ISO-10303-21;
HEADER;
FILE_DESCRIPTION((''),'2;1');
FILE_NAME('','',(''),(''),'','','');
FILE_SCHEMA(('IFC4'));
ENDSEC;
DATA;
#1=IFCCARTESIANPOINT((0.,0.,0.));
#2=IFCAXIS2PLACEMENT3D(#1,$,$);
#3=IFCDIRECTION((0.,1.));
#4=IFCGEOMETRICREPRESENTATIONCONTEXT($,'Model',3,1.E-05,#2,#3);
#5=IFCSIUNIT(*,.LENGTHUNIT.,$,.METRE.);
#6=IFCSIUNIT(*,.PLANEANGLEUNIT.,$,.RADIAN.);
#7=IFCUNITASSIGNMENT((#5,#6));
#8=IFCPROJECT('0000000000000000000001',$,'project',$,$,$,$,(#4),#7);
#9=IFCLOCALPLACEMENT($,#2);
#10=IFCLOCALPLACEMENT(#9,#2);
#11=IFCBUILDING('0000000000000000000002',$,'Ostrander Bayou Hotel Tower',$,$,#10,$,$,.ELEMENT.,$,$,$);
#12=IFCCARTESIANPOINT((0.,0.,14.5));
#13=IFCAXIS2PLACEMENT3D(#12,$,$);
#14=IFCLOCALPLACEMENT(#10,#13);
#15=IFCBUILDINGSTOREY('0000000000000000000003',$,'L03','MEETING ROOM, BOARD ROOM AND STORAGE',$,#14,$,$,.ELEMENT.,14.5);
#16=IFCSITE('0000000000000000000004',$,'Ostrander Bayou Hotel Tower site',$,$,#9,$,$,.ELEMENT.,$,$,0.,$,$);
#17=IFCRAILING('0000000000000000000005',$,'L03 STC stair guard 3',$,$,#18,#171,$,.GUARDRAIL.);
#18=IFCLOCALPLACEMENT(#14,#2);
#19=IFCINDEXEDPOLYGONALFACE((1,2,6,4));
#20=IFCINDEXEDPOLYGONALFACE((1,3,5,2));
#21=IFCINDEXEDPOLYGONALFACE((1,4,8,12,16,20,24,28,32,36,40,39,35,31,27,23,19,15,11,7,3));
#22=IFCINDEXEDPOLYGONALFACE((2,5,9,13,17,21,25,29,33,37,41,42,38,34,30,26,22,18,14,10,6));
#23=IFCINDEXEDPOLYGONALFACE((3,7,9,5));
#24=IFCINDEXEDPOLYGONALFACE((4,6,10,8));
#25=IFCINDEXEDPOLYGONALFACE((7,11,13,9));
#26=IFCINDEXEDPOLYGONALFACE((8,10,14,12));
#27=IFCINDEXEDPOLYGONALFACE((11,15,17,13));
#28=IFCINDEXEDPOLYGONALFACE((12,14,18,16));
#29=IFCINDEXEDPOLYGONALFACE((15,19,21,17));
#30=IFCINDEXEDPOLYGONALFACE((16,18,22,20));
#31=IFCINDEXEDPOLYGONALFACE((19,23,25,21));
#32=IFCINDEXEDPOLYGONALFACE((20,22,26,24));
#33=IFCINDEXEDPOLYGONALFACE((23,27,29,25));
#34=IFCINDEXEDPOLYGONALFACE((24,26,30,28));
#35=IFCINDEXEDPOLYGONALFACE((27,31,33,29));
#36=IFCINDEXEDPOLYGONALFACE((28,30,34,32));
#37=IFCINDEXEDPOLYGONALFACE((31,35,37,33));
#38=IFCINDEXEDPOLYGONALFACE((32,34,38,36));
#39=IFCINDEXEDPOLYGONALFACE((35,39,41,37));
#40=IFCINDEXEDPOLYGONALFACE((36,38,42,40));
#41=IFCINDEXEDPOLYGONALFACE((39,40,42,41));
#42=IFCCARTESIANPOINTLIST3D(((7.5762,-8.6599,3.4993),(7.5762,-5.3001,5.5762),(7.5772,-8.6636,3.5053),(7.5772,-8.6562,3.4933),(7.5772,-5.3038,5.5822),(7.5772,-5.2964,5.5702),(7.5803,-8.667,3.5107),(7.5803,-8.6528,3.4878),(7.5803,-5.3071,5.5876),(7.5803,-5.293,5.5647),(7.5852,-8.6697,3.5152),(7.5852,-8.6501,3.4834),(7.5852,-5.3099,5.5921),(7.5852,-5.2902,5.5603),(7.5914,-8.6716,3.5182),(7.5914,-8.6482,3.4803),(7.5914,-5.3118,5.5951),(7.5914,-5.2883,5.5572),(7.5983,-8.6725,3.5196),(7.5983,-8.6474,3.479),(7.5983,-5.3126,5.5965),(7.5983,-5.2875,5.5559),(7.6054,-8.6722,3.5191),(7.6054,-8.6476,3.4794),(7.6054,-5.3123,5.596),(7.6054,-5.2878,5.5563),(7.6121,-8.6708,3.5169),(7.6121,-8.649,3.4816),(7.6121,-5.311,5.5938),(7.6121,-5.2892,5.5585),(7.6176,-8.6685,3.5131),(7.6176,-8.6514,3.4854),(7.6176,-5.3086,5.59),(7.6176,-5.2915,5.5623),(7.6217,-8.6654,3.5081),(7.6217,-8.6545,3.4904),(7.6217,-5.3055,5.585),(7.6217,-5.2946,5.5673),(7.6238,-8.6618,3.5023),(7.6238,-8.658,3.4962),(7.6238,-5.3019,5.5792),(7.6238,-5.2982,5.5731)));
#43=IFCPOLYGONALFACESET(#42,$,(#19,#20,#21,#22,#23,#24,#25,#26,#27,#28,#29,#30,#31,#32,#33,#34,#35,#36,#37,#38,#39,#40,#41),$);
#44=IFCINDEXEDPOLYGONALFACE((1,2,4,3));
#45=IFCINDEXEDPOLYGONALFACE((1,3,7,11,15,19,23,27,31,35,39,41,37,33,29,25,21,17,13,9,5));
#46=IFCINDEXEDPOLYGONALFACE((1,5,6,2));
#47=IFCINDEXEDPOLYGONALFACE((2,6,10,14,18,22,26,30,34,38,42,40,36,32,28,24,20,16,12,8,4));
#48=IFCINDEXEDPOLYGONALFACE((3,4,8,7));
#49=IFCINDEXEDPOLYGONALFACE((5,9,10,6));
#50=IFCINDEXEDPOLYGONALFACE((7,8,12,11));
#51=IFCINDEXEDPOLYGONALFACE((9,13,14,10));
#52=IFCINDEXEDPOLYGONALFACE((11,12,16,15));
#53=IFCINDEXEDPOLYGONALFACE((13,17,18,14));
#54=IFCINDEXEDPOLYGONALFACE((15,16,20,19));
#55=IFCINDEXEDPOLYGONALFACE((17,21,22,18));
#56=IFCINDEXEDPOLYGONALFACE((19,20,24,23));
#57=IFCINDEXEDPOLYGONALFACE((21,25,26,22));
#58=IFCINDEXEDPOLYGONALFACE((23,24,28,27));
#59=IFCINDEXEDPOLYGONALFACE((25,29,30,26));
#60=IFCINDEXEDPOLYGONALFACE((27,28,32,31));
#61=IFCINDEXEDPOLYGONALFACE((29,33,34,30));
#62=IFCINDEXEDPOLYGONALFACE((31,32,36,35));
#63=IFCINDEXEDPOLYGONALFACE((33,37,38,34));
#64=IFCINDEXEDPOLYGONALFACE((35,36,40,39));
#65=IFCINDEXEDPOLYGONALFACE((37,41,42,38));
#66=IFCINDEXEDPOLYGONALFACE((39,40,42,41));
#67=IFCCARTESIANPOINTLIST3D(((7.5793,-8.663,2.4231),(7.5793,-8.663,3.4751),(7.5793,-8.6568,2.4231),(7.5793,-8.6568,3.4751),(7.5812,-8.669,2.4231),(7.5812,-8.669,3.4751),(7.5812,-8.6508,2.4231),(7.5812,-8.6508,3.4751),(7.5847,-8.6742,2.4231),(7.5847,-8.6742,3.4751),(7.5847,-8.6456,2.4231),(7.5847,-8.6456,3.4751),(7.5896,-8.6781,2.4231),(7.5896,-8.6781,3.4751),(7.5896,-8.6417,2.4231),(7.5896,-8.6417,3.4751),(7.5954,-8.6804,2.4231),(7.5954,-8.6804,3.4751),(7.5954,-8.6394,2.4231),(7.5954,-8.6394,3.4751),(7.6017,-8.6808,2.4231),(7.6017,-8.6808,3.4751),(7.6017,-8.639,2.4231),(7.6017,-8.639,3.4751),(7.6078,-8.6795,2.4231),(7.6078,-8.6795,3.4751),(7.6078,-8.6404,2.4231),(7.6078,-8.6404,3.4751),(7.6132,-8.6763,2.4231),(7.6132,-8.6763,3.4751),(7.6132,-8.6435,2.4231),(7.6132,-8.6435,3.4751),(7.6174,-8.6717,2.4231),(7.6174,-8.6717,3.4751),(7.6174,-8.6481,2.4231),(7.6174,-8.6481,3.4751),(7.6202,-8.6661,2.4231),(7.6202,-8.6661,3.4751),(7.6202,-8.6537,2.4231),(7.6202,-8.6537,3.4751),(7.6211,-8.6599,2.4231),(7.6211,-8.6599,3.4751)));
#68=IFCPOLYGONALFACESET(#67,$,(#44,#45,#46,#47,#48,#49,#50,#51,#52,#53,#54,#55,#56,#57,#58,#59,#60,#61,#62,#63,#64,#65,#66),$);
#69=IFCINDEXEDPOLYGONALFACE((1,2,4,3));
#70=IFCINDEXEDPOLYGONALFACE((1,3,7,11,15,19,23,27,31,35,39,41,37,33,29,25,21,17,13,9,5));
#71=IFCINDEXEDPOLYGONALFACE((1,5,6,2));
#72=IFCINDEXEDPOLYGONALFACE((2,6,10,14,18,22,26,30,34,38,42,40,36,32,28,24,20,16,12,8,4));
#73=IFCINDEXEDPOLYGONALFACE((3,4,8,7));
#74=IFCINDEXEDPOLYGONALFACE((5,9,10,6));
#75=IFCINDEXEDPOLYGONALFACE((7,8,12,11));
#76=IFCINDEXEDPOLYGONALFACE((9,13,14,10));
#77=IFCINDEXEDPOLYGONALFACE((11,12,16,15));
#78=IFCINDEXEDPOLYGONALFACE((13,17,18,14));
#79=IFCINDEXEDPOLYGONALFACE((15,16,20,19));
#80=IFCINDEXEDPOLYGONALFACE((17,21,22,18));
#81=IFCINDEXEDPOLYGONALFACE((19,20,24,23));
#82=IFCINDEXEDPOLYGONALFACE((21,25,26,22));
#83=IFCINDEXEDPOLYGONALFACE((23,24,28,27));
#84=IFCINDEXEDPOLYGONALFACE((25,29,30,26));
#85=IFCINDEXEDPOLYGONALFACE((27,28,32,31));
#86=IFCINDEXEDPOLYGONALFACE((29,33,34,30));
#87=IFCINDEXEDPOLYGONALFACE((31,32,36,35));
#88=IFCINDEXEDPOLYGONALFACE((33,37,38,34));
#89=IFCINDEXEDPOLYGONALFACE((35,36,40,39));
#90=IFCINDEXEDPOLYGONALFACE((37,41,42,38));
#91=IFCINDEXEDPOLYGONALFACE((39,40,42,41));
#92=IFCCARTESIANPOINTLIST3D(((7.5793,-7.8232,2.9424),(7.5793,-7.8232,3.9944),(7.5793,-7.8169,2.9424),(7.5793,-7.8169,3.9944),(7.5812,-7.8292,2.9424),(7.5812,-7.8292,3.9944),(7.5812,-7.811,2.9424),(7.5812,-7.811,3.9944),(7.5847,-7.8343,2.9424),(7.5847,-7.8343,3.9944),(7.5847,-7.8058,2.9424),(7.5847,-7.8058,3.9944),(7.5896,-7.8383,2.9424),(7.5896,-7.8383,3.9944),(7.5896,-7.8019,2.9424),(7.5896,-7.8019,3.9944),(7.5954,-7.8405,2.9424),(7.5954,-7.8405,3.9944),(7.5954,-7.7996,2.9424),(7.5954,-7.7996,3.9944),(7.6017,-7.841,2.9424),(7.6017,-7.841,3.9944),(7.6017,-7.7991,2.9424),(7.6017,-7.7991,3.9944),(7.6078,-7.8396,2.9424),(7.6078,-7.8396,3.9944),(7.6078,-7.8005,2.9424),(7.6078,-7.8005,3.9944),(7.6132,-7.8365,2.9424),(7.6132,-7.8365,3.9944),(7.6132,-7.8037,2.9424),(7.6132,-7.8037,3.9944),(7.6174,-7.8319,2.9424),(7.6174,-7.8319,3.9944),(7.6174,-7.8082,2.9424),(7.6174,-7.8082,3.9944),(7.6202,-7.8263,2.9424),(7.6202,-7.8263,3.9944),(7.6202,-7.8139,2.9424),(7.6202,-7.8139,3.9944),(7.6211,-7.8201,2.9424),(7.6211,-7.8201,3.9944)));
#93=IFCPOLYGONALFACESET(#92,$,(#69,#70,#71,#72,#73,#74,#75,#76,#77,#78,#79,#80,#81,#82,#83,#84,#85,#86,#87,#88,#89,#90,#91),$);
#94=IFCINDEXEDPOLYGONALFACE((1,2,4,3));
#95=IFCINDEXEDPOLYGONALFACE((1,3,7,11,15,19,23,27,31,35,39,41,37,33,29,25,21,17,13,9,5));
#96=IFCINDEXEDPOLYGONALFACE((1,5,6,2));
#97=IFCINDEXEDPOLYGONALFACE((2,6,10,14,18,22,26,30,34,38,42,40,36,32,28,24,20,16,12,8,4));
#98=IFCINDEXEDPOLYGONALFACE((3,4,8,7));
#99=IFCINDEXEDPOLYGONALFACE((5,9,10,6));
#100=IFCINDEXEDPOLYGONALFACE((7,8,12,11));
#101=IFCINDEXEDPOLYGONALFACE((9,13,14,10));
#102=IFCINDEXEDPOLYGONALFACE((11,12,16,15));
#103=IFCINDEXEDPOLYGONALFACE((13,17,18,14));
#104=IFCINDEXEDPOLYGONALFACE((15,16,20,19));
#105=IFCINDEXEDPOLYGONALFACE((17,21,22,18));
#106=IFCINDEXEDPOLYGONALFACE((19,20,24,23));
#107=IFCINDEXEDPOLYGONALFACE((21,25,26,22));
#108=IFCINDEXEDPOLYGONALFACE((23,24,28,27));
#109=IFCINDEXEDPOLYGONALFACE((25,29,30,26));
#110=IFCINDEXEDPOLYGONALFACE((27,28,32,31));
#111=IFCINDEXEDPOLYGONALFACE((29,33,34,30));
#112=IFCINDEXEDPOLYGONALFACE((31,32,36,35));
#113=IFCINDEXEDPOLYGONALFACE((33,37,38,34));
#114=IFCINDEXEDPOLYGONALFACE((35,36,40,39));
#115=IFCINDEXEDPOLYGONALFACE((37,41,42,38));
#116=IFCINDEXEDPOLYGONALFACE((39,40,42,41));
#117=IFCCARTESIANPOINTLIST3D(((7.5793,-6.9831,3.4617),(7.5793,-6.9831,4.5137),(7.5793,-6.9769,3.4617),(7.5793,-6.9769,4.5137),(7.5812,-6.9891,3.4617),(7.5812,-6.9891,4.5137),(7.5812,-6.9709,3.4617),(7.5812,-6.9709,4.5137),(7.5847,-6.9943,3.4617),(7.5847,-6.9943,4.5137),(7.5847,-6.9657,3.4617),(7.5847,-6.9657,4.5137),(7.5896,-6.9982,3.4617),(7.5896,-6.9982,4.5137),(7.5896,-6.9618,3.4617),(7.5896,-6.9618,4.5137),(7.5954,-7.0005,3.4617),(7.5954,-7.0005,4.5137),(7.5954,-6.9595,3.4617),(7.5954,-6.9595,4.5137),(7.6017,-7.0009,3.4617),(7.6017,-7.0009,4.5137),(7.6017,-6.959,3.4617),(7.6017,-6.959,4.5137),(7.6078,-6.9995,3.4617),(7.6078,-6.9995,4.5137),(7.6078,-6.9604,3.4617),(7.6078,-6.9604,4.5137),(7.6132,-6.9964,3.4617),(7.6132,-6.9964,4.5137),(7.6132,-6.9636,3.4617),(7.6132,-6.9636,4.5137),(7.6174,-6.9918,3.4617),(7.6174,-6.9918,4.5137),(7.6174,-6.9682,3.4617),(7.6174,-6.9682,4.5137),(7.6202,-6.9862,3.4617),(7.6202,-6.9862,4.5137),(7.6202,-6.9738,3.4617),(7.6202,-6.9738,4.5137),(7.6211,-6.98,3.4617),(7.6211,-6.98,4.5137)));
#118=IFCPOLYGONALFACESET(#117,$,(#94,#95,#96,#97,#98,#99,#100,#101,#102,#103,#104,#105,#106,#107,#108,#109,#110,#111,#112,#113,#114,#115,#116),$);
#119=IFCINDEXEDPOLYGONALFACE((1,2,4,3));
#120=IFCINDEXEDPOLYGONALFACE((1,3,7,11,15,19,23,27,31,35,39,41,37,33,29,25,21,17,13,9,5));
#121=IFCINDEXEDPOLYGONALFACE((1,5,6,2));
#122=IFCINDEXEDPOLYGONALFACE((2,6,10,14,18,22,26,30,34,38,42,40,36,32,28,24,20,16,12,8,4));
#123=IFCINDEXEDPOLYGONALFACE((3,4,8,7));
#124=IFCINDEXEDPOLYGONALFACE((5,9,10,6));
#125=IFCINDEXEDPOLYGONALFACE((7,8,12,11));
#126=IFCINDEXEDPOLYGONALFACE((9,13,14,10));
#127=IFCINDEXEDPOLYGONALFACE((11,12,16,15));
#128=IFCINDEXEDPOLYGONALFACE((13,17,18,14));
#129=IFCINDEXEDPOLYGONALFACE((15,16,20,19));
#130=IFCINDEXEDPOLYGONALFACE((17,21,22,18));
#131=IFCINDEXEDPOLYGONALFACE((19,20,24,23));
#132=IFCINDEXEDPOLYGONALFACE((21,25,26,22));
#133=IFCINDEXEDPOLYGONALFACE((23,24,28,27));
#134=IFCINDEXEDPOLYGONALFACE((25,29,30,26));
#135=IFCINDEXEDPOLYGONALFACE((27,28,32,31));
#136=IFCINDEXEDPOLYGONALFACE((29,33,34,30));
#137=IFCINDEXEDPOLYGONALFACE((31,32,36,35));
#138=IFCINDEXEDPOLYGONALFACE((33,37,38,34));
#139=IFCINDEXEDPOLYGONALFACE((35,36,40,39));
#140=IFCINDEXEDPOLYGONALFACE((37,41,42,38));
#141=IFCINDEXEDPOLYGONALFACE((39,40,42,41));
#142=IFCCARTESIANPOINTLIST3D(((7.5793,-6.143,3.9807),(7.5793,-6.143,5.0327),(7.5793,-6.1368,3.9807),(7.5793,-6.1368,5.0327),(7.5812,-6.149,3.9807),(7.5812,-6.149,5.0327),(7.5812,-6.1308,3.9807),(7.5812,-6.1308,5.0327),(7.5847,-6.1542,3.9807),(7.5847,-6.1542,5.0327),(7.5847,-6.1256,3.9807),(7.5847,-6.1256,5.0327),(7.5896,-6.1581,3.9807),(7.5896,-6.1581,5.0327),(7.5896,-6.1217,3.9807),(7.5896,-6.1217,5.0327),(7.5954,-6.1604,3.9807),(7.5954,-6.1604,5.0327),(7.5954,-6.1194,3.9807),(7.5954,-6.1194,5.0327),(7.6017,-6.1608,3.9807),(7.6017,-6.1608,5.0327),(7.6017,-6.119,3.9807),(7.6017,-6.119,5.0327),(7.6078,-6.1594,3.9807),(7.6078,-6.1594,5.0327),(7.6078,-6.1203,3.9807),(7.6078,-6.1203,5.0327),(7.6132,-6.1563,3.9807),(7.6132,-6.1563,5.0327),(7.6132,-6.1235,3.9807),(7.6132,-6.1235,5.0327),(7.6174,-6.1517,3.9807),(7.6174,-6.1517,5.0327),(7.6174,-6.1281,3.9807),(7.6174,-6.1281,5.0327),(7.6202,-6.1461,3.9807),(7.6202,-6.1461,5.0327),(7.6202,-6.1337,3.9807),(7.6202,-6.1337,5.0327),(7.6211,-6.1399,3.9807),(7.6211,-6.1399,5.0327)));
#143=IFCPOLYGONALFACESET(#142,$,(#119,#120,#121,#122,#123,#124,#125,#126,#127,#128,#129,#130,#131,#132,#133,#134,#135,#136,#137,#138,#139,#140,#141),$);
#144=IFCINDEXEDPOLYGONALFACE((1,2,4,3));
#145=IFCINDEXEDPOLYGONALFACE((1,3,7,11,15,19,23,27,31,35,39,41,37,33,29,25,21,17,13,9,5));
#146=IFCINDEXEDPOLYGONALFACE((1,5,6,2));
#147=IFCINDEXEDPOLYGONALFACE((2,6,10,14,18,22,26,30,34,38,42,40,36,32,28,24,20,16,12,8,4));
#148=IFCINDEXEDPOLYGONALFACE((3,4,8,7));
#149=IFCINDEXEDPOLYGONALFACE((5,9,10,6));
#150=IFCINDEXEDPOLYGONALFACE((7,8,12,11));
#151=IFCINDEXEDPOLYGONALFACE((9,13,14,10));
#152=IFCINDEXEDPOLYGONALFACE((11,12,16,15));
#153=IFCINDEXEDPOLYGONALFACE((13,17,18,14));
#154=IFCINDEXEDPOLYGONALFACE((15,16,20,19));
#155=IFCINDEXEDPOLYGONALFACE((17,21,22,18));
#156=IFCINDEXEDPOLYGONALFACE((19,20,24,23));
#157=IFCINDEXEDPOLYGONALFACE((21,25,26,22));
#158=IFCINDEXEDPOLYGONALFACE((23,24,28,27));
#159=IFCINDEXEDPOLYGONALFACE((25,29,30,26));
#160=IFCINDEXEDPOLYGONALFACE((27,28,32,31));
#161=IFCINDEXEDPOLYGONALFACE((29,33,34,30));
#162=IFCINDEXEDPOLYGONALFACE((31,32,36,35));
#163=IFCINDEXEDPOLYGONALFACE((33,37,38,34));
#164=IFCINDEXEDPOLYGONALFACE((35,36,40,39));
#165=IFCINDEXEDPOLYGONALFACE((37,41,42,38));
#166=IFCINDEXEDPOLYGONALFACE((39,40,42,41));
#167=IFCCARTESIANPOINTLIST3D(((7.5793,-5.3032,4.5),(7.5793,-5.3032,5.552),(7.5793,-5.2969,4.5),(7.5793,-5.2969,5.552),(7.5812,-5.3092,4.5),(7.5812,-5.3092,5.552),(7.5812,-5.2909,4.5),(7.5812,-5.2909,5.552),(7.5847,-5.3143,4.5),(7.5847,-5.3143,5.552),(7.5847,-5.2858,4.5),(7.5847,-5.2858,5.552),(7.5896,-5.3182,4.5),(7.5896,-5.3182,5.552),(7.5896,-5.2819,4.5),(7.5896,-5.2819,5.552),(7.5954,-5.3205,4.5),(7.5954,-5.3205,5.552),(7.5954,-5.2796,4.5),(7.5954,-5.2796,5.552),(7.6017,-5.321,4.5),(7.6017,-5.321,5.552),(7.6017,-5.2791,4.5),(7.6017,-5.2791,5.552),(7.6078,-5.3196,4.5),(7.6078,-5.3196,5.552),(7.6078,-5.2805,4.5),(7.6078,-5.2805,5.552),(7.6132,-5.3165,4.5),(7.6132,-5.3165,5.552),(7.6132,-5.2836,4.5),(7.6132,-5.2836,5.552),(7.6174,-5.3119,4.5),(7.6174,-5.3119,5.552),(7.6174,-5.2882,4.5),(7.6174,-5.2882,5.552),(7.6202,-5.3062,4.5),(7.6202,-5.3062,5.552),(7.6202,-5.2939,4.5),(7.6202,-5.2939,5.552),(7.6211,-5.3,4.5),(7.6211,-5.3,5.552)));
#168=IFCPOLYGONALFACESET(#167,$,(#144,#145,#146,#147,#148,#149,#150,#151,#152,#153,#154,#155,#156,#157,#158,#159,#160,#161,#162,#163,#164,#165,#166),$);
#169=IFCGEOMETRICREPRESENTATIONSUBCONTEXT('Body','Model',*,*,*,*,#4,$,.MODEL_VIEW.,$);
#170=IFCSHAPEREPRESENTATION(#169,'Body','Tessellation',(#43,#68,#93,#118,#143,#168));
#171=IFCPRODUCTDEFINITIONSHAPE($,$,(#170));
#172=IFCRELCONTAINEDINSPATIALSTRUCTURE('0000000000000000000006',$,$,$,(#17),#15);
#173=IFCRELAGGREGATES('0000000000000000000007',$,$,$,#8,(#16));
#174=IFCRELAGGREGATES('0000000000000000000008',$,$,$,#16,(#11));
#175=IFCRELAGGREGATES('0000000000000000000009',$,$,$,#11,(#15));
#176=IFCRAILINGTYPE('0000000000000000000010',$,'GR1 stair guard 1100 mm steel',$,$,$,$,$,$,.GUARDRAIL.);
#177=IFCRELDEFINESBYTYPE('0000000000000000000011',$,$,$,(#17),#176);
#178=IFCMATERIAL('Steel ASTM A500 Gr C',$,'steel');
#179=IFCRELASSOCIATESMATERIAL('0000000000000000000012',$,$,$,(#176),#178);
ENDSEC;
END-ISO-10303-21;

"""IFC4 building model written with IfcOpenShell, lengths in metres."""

from ifc_helpers import new_model, si_unit, direction, frame, origin, origin_2d, place, context, subcontext, project, spatial, circle, extrude, material, type_object, element, save


model = new_model("IFC4")

# Units and contexts
model_context = context("Model", 3, precision=1e-05, world=origin(), true_north=direction((0.0, 1.0)))
body_context = subcontext(model_context, "Body", "Model", "MODEL_VIEW")
ifc_project = project(units=[si_unit("LENGTHUNIT", "METRE"), si_unit("PLANEANGLEUNIT", "RADIAN")], contexts=[model_context])

# Site, building, storey
site_placement = place(None, origin())
site = spatial("IfcSite", under=ifc_project, at=site_placement, Name="Ostrander Bayou Hotel Tower site", CompositionType="ELEMENT", RefElevation=0.0)
building_placement = place(site_placement, origin())
building = spatial("IfcBuilding", under=site, at=building_placement, Name="Ostrander Bayou Hotel Tower", CompositionType="ELEMENT")
storey_placement = place(building_placement, frame((0.0, 0.0, 14.5)))
storey = spatial("IfcBuildingStorey", under=building, at=storey_placement, Name="L03", Description="MEETING ROOM, BOARD ROOM AND STORAGE", CompositionType="ELEMENT", Elevation=14.5)

# Railing
ifc_material_1 = material(Name="Steel ASTM A500 Gr C", Category="steel")
railing_type_1 = type_object("IfcRailingType", Name="GR1 stair guard 1100 mm steel", PredefinedType="GUARDRAIL", material=ifc_material_1)
railing_1_placement = place(storey_placement, frame((7.6001, -8.6599, 2.4231)))
element("IfcRailing", 1, at=railing_1_placement, inside=storey, type_object=railing_type_1, Name="L03 STC stair guard 3", PredefinedType="GUARDRAIL", context=body_context, shape_type="SweptSolid", body=[
    extrude(circle(Radius=0.0239, at=origin_2d()), frame((0.0, 0.0, 1.0762), z_axis=(0.0, 0.850606, 0.525803), x_axis=(-1.0, 0.0, 0.0)), (0.0, 0.0, 1.0), 3.95),
    extrude(circle(Radius=0.021, at=origin_2d()), origin(), (0.0, 0.0, 1.0), 1.052),
    extrude(circle(Radius=0.021, at=origin_2d()), frame((0.0, 0.8398, 0.5193)), (0.0, 0.0, 1.0), 1.052),
    extrude(circle(Radius=0.021, at=origin_2d()), frame((0.0, 1.6799, 1.0386)), (0.0, 0.0, 1.0), 1.052),
    extrude(circle(Radius=0.021, at=origin_2d()), frame((0.0, 2.52, 1.5576)), (0.0, 0.0, 1.0), 1.052),
    extrude(circle(Radius=0.021, at=origin_2d()), frame((0.0, 3.3599, 2.0769)), (0.0, 0.0, 1.0), 1.052),
])

save(model, "model.ifc")
